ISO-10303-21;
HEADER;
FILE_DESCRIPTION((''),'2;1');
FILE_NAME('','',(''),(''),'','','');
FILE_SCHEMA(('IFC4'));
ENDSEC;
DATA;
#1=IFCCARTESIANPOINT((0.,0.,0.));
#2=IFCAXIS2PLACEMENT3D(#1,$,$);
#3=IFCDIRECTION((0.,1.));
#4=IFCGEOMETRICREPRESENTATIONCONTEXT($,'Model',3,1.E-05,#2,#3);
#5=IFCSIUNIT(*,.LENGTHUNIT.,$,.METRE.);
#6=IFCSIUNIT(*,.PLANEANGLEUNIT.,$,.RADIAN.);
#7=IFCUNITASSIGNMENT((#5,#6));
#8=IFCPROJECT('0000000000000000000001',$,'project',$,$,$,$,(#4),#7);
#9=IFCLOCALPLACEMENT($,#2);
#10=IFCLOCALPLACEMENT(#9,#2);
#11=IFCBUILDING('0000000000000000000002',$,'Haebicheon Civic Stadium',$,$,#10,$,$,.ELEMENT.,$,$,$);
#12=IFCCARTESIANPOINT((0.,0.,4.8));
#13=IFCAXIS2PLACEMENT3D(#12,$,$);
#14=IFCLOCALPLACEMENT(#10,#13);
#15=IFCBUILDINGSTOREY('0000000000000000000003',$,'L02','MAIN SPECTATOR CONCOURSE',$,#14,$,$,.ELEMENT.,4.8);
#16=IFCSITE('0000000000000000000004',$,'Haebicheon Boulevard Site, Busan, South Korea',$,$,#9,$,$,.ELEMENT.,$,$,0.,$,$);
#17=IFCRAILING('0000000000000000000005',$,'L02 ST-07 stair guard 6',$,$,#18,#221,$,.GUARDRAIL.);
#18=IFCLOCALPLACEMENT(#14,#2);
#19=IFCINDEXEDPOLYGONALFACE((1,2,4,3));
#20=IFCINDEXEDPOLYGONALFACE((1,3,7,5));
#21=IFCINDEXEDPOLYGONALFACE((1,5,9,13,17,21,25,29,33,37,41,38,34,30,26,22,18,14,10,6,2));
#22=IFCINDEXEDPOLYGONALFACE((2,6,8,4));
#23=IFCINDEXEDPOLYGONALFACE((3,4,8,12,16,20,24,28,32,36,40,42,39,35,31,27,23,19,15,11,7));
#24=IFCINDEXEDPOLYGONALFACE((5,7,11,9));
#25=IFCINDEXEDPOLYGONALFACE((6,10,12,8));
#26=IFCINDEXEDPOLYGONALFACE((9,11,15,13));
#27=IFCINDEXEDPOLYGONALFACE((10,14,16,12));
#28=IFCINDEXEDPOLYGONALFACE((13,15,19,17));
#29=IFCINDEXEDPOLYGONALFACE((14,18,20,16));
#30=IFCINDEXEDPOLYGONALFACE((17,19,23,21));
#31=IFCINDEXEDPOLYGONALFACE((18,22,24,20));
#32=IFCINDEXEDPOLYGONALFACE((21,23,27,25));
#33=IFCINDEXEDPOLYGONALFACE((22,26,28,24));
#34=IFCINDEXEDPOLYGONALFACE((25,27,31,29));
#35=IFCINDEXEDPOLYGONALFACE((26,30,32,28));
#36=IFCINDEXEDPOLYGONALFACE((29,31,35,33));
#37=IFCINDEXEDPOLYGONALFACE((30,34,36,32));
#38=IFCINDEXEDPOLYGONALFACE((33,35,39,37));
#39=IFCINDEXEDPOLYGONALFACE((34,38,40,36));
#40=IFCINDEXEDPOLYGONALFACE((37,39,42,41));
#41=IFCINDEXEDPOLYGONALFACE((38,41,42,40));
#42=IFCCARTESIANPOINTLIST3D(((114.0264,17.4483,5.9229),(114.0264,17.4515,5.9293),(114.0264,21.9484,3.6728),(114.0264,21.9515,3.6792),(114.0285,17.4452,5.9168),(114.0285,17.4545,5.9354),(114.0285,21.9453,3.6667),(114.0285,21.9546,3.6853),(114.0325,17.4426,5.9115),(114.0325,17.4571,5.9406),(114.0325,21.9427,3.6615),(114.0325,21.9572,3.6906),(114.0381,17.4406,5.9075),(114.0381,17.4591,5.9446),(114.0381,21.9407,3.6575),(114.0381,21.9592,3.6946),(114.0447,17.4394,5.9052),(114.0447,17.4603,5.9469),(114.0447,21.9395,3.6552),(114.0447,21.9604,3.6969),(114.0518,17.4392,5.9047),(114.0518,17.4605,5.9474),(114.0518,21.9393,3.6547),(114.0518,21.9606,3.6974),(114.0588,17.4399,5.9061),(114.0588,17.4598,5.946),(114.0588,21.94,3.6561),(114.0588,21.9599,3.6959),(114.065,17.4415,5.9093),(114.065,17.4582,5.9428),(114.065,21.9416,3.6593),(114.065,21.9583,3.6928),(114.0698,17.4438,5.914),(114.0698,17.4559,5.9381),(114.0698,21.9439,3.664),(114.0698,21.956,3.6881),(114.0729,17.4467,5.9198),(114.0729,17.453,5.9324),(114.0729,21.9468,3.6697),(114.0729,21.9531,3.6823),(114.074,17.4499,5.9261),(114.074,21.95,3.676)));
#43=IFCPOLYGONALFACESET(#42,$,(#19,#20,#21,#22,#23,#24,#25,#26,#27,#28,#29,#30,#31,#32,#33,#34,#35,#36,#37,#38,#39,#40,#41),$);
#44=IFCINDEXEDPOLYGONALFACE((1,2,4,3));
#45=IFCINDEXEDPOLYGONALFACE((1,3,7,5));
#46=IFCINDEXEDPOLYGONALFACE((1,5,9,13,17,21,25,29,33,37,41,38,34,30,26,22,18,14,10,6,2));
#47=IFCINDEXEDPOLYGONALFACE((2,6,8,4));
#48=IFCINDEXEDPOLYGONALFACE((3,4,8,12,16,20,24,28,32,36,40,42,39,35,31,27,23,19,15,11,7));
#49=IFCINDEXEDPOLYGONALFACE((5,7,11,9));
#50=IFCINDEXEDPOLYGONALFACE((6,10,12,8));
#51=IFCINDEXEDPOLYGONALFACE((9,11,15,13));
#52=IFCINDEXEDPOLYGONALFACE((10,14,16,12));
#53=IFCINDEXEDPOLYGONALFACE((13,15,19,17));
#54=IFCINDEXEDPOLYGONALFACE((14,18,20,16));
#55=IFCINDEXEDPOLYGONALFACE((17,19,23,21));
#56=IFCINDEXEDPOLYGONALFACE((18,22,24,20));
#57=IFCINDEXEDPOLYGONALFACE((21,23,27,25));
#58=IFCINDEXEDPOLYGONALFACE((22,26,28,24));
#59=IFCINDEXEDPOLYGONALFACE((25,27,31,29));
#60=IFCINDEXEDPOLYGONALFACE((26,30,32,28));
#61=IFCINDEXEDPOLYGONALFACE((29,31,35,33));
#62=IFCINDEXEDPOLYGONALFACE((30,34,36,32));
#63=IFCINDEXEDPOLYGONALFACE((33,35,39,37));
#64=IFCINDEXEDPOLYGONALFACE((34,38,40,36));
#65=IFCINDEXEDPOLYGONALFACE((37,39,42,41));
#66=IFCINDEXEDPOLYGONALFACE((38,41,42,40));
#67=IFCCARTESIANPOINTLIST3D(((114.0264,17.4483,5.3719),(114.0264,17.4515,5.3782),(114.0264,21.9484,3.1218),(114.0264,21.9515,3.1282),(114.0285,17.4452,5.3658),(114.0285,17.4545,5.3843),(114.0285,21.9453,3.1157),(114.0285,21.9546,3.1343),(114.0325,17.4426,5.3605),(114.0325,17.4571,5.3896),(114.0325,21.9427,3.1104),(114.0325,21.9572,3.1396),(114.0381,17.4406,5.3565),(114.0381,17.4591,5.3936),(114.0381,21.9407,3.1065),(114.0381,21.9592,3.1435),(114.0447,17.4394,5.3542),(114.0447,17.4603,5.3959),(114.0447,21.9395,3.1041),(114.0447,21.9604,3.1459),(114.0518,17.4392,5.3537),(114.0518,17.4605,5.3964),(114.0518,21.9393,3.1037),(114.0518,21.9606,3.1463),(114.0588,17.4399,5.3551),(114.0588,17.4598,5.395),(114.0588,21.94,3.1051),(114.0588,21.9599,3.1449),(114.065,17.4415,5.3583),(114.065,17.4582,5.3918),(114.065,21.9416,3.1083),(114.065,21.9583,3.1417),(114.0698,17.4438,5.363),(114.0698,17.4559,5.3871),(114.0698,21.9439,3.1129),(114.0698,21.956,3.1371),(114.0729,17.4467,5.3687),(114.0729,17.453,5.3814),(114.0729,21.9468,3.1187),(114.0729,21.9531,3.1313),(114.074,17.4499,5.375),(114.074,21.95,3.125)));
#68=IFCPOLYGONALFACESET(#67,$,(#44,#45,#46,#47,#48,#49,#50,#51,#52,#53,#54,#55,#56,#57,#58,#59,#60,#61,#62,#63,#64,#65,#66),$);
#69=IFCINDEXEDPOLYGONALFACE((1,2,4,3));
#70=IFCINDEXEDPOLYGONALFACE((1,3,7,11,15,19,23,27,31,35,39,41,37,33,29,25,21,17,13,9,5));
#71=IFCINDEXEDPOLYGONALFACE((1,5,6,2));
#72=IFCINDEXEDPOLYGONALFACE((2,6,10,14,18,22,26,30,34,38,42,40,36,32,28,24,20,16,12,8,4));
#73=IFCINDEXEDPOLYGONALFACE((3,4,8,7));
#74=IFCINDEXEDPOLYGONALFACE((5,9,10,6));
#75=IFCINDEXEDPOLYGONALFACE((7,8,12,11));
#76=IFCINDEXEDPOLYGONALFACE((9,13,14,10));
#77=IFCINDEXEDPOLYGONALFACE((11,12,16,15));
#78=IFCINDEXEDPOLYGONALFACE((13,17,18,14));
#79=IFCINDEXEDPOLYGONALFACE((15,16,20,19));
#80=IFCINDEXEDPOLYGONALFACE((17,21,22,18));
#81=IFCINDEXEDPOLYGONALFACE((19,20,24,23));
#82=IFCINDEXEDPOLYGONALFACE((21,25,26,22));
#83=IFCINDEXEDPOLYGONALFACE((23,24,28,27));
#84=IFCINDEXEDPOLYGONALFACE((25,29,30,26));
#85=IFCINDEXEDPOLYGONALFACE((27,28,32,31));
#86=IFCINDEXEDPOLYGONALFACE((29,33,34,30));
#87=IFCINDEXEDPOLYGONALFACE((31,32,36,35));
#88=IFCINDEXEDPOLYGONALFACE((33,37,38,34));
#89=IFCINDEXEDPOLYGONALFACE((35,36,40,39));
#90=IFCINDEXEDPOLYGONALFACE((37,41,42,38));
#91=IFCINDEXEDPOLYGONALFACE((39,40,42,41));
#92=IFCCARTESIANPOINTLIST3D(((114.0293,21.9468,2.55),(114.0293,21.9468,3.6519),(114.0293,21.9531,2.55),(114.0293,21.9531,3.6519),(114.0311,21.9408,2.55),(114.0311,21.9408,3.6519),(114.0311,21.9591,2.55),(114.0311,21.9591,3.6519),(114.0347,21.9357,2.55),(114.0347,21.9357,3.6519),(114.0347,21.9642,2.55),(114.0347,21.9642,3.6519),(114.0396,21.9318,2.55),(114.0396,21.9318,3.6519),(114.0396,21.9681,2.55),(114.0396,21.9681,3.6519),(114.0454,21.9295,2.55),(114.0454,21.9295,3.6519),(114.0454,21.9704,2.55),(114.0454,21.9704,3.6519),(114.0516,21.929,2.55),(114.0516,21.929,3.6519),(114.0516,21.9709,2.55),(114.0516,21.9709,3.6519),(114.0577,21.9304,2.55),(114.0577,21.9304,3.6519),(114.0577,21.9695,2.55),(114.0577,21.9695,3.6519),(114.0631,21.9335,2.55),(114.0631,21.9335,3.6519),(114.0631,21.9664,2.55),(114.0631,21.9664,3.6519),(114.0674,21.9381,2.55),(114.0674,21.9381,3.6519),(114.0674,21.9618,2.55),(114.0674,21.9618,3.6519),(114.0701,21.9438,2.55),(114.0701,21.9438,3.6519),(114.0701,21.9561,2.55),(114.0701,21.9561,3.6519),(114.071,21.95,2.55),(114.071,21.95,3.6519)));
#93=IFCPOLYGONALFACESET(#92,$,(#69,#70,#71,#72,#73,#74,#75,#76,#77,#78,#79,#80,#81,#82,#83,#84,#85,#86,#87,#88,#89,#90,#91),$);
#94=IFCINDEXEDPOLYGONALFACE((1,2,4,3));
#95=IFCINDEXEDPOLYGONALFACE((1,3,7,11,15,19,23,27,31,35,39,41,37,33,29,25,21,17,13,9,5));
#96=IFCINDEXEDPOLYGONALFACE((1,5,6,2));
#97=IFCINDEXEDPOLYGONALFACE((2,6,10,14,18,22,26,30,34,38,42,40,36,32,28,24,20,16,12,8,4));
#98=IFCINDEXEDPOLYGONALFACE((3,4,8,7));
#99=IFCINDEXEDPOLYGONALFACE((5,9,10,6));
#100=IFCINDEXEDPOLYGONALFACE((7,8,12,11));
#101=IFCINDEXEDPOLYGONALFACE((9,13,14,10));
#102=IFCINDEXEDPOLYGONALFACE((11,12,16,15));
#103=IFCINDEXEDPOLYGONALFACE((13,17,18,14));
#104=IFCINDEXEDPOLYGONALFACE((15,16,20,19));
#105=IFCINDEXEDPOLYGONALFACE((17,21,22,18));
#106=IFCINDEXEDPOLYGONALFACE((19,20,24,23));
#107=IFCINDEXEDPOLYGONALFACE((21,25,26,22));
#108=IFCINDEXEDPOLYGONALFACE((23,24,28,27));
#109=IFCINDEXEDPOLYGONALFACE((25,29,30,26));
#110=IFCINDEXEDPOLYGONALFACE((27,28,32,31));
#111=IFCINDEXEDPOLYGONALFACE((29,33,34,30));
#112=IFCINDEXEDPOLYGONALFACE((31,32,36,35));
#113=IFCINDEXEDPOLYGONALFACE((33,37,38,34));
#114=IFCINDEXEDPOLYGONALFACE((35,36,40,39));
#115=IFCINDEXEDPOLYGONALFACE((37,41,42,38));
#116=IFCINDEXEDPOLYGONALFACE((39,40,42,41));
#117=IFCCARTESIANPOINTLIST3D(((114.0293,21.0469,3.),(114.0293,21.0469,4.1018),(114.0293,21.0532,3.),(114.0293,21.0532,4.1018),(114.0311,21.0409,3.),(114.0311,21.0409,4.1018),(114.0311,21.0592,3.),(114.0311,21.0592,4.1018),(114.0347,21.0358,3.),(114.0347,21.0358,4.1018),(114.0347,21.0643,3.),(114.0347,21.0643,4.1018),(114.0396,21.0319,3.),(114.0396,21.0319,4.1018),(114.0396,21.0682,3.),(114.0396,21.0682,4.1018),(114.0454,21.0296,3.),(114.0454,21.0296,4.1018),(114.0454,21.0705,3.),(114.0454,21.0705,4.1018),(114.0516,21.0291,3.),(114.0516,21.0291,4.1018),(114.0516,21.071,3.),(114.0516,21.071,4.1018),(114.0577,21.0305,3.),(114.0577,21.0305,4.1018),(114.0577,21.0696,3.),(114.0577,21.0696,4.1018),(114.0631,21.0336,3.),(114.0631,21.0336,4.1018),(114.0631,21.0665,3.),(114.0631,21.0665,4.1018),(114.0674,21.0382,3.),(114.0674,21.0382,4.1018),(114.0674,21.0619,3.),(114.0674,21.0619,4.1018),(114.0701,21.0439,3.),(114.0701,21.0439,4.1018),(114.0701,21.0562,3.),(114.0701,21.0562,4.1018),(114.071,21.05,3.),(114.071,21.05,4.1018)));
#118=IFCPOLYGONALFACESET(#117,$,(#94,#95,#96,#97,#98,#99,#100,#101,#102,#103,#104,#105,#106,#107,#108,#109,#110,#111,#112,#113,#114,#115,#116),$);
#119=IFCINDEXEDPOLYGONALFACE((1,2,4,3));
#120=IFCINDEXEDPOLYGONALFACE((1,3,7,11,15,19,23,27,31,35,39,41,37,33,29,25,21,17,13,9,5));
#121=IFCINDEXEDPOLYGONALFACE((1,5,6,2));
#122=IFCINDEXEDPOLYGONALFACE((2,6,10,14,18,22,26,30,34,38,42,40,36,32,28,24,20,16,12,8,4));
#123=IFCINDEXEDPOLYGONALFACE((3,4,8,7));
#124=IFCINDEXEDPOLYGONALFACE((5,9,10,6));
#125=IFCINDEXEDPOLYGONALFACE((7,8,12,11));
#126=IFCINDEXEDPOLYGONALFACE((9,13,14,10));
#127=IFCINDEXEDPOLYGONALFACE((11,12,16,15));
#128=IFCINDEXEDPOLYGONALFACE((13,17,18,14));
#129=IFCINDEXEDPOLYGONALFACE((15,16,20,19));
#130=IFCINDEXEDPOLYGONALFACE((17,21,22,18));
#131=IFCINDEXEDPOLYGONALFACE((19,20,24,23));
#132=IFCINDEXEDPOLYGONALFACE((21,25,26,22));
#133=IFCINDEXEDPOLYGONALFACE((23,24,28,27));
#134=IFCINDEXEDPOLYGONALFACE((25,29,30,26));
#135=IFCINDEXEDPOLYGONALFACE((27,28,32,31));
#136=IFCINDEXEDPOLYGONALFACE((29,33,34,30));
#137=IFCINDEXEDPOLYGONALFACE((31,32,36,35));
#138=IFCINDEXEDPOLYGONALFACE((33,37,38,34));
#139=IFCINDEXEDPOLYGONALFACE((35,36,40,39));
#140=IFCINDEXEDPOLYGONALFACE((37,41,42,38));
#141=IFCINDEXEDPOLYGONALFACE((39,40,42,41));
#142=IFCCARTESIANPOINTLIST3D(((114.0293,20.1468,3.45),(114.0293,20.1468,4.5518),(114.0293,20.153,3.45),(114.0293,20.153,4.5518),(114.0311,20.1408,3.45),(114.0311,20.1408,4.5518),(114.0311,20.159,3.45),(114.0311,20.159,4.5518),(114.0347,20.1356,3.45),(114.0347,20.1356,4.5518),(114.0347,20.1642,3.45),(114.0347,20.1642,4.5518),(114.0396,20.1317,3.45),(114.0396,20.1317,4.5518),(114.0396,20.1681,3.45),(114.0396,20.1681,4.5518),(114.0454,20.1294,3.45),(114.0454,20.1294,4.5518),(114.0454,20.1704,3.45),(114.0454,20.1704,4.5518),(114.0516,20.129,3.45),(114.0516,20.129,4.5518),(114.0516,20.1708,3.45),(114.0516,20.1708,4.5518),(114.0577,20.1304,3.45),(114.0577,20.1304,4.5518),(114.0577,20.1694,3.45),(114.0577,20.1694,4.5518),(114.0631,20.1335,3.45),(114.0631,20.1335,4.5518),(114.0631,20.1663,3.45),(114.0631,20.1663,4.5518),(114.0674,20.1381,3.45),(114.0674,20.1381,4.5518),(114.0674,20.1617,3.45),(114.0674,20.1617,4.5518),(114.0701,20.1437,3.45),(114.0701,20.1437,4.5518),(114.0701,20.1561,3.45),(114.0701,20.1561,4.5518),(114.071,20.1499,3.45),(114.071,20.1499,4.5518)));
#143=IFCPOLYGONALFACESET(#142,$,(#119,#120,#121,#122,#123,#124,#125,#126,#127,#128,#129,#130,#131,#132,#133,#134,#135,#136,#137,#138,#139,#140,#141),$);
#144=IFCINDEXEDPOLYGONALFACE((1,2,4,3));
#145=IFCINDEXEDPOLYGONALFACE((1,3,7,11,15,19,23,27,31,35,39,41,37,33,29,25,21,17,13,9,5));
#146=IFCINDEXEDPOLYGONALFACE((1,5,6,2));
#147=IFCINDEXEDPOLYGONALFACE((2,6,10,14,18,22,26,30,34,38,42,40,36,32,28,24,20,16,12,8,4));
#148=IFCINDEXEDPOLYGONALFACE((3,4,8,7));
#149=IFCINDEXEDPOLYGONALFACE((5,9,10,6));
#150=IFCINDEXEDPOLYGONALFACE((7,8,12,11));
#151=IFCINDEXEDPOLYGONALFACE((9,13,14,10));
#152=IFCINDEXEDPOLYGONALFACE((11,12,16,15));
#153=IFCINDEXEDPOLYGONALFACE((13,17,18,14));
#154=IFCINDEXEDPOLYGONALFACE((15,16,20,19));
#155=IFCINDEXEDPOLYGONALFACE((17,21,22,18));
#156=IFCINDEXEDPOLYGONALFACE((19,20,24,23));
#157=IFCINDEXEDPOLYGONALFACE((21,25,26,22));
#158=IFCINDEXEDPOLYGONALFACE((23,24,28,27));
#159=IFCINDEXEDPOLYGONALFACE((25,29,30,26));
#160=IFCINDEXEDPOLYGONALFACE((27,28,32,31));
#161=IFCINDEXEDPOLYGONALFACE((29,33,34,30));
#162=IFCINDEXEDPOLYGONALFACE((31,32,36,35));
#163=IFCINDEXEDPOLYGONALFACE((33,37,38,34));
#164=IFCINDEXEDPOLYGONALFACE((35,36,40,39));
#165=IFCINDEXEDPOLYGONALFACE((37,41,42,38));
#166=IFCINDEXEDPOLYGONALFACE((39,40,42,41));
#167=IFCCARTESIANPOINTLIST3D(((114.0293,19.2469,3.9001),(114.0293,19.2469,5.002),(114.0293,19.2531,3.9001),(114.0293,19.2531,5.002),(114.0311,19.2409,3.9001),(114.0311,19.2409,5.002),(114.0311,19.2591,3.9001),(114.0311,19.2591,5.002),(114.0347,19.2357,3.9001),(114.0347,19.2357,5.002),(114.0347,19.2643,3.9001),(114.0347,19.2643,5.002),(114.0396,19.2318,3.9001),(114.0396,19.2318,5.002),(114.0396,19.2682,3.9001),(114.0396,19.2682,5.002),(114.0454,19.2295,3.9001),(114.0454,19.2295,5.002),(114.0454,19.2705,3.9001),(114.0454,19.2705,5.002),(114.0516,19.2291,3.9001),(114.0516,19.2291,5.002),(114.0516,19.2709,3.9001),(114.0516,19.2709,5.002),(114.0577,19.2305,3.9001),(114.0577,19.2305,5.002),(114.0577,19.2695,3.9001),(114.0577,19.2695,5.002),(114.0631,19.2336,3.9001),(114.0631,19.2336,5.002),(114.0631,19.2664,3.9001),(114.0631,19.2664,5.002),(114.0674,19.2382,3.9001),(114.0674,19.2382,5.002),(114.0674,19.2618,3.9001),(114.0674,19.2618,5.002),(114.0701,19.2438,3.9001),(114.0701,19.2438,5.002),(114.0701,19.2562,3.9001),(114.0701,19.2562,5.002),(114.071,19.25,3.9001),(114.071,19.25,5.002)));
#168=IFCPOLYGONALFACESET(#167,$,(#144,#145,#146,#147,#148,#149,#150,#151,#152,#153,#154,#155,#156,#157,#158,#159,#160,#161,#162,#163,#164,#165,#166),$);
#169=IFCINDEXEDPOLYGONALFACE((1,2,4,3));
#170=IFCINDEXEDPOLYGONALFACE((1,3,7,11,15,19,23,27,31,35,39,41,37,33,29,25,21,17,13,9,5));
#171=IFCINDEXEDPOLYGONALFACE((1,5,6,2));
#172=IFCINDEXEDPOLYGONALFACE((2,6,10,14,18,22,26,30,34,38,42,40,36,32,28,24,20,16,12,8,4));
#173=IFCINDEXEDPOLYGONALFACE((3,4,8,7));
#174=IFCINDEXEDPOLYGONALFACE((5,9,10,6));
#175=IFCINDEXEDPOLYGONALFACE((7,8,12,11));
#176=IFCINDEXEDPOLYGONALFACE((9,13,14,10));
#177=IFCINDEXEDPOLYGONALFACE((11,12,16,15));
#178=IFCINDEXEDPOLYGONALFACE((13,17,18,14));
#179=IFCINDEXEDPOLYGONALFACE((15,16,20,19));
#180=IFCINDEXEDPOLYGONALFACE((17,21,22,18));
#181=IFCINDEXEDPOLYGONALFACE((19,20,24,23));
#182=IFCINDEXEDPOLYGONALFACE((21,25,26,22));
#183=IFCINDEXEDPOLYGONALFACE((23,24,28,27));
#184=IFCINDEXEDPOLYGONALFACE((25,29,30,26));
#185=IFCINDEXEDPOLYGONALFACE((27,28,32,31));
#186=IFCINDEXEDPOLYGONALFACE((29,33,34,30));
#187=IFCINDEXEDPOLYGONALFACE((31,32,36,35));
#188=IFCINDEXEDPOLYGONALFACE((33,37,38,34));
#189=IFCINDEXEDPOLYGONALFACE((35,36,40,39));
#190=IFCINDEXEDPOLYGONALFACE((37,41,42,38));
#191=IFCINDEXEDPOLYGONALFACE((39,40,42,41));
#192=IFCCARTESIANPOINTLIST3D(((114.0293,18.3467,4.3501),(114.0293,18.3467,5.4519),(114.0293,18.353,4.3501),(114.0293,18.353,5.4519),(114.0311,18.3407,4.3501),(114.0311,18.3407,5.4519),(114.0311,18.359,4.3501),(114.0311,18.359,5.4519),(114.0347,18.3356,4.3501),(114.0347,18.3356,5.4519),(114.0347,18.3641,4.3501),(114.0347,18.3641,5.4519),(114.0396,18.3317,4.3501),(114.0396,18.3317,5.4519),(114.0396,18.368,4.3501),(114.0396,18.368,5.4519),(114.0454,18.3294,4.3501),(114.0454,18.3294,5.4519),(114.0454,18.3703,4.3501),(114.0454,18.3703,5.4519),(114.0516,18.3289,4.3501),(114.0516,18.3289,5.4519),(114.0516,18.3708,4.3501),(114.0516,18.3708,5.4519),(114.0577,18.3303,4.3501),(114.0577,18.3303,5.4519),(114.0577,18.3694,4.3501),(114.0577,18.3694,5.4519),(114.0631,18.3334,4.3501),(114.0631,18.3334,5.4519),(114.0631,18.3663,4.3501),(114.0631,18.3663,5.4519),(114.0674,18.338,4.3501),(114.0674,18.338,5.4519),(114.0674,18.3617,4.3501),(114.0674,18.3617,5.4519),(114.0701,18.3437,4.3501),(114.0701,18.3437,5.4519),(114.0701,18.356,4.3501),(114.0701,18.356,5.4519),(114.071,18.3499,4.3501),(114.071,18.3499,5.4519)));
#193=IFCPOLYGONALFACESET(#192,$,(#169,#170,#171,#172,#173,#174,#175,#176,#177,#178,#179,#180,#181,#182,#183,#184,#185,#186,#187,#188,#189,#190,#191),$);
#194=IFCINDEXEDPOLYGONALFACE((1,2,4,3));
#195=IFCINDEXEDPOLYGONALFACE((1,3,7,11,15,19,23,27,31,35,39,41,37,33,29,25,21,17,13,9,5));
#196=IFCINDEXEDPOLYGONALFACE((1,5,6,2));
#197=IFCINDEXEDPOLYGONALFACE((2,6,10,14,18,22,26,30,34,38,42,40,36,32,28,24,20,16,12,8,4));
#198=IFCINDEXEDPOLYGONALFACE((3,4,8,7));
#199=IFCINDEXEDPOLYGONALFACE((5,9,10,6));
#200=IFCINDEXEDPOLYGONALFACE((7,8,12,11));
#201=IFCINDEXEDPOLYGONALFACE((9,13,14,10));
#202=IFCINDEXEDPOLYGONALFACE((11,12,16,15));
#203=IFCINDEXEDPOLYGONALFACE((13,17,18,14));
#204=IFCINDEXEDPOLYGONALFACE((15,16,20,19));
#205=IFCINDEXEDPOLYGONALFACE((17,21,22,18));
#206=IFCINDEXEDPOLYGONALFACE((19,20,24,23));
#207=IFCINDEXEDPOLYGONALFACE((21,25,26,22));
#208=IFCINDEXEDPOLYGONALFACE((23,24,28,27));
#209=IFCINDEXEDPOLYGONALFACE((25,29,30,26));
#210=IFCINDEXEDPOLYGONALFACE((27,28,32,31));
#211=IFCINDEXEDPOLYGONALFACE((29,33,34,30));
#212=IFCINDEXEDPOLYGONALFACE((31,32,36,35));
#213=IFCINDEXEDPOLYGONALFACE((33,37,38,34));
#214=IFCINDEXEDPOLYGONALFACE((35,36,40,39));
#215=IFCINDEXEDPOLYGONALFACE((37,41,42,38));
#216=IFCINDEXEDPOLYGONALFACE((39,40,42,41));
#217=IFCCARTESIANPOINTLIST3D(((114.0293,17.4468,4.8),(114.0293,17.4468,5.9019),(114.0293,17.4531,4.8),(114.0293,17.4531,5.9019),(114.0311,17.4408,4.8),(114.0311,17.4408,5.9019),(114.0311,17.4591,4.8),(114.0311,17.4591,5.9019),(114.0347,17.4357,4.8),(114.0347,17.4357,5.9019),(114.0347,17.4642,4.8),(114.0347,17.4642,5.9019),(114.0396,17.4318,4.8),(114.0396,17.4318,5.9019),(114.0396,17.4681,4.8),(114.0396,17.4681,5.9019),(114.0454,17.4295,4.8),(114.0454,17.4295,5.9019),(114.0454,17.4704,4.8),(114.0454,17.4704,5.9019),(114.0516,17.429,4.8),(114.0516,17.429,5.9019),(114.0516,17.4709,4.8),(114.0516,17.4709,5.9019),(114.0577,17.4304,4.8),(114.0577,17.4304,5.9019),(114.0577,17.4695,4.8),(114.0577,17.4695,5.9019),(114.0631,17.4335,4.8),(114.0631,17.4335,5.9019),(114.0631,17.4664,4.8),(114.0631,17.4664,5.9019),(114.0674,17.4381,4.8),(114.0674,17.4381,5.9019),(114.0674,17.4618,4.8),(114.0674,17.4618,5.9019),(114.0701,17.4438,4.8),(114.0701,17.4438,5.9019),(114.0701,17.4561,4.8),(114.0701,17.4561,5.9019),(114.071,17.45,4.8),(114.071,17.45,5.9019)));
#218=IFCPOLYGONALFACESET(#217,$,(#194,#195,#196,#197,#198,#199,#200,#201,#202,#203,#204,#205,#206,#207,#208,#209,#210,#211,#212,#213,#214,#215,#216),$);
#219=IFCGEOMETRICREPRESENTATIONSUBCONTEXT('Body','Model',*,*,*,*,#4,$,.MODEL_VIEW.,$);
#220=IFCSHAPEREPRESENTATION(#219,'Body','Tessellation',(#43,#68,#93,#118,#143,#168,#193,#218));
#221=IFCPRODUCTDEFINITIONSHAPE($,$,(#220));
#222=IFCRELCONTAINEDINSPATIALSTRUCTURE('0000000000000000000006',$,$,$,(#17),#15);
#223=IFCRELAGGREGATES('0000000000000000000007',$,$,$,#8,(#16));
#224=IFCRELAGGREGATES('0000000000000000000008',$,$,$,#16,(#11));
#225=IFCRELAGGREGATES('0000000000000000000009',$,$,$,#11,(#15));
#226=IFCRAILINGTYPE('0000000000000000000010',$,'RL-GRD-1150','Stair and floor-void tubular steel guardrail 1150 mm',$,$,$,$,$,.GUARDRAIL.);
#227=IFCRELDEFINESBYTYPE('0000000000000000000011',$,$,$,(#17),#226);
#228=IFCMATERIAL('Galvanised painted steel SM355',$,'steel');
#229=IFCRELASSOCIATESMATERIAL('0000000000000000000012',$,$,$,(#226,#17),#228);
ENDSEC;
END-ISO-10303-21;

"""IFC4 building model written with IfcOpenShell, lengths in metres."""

from ifc_helpers import new_model, si_unit, direction, frame, origin, origin_2d, place, context, subcontext, project, spatial, circle, extrude, material, type_object, element, save


model = new_model("IFC4")

# Units and contexts
model_context = context("Model", 3, precision=1e-05, world=origin(), true_north=direction((0.0, 1.0)))
body_context = subcontext(model_context, "Body", "Model", "MODEL_VIEW")
ifc_project = project(units=[si_unit("LENGTHUNIT", "METRE"), si_unit("PLANEANGLEUNIT", "RADIAN")], contexts=[model_context])

# Site, building, storey
site_placement = place(None, origin())
site = spatial("IfcSite", under=ifc_project, at=site_placement, Name="Haebicheon Boulevard Site, Busan, South Korea", CompositionType="ELEMENT", RefElevation=0.0)
building_placement = place(site_placement, origin())
building = spatial("IfcBuilding", under=site, at=building_placement, Name="Haebicheon Civic Stadium", CompositionType="ELEMENT")
storey_placement = place(building_placement, frame((0.0, 0.0, 4.8)))
storey = spatial("IfcBuildingStorey", under=building, at=storey_placement, Name="L02", Description="MAIN SPECTATOR CONCOURSE", CompositionType="ELEMENT", Elevation=4.8)

# Railing
ifc_material_1 = material(Name="Galvanised painted steel SM355", Category="steel")
railing_type_1 = type_object("IfcRailingType", Name="RL-GRD-1150", Description="Stair and floor-void tubular steel guardrail 1150 mm", PredefinedType="GUARDRAIL", material=ifc_material_1)
railing_1_placement = place(storey_placement, frame((114.05, 21.95, 2.55)))
element("IfcRailing", 1, at=railing_1_placement, inside=storey, type_object=railing_type_1, material=ifc_material_1, Name="L02 ST-07 stair guard 6", PredefinedType="GUARDRAIL", context=body_context, shape_type="SweptSolid", body=[
    extrude(circle(Radius=0.0239, at=origin_2d()), frame((0.0, 0.0, 1.126), z_axis=(0.0, -0.894427, 0.447214), x_axis=(1.0, 0.0, 0.0)), (0.0, 0.0, 1.0), 5.0312),
    extrude(circle(Radius=0.0239, at=origin_2d()), frame((0.0, 0.0, 0.575), z_axis=(0.0, -0.894427, 0.447214), x_axis=(1.0, 0.0, 0.0)), (0.0, 0.0, 1.0), 5.0312),
    extrude(circle(Radius=0.021, at=origin_2d()), origin(), (0.0, 0.0, 1.0), 1.1018),
    extrude(circle(Radius=0.021, at=origin_2d()), frame((0.0, -0.8999, 0.45)), (0.0, 0.0, 1.0), 1.1018),
    extrude(circle(Radius=0.021, at=origin_2d()), frame((0.0, -1.8, 0.8999)), (0.0, 0.0, 1.0), 1.1018),
    extrude(circle(Radius=0.021, at=origin_2d()), frame((0.0, -2.7, 1.3501)), (0.0, 0.0, 1.0), 1.1018),
    extrude(circle(Radius=0.021, at=origin_2d()), frame((0.0, -3.6001, 1.8)), (0.0, 0.0, 1.0), 1.1018),
    extrude(circle(Radius=0.021, at=origin_2d()), frame((0.0, -4.5, 2.25)), (0.0, 0.0, 1.0), 1.1018),
])

save(model, "model.ifc")
